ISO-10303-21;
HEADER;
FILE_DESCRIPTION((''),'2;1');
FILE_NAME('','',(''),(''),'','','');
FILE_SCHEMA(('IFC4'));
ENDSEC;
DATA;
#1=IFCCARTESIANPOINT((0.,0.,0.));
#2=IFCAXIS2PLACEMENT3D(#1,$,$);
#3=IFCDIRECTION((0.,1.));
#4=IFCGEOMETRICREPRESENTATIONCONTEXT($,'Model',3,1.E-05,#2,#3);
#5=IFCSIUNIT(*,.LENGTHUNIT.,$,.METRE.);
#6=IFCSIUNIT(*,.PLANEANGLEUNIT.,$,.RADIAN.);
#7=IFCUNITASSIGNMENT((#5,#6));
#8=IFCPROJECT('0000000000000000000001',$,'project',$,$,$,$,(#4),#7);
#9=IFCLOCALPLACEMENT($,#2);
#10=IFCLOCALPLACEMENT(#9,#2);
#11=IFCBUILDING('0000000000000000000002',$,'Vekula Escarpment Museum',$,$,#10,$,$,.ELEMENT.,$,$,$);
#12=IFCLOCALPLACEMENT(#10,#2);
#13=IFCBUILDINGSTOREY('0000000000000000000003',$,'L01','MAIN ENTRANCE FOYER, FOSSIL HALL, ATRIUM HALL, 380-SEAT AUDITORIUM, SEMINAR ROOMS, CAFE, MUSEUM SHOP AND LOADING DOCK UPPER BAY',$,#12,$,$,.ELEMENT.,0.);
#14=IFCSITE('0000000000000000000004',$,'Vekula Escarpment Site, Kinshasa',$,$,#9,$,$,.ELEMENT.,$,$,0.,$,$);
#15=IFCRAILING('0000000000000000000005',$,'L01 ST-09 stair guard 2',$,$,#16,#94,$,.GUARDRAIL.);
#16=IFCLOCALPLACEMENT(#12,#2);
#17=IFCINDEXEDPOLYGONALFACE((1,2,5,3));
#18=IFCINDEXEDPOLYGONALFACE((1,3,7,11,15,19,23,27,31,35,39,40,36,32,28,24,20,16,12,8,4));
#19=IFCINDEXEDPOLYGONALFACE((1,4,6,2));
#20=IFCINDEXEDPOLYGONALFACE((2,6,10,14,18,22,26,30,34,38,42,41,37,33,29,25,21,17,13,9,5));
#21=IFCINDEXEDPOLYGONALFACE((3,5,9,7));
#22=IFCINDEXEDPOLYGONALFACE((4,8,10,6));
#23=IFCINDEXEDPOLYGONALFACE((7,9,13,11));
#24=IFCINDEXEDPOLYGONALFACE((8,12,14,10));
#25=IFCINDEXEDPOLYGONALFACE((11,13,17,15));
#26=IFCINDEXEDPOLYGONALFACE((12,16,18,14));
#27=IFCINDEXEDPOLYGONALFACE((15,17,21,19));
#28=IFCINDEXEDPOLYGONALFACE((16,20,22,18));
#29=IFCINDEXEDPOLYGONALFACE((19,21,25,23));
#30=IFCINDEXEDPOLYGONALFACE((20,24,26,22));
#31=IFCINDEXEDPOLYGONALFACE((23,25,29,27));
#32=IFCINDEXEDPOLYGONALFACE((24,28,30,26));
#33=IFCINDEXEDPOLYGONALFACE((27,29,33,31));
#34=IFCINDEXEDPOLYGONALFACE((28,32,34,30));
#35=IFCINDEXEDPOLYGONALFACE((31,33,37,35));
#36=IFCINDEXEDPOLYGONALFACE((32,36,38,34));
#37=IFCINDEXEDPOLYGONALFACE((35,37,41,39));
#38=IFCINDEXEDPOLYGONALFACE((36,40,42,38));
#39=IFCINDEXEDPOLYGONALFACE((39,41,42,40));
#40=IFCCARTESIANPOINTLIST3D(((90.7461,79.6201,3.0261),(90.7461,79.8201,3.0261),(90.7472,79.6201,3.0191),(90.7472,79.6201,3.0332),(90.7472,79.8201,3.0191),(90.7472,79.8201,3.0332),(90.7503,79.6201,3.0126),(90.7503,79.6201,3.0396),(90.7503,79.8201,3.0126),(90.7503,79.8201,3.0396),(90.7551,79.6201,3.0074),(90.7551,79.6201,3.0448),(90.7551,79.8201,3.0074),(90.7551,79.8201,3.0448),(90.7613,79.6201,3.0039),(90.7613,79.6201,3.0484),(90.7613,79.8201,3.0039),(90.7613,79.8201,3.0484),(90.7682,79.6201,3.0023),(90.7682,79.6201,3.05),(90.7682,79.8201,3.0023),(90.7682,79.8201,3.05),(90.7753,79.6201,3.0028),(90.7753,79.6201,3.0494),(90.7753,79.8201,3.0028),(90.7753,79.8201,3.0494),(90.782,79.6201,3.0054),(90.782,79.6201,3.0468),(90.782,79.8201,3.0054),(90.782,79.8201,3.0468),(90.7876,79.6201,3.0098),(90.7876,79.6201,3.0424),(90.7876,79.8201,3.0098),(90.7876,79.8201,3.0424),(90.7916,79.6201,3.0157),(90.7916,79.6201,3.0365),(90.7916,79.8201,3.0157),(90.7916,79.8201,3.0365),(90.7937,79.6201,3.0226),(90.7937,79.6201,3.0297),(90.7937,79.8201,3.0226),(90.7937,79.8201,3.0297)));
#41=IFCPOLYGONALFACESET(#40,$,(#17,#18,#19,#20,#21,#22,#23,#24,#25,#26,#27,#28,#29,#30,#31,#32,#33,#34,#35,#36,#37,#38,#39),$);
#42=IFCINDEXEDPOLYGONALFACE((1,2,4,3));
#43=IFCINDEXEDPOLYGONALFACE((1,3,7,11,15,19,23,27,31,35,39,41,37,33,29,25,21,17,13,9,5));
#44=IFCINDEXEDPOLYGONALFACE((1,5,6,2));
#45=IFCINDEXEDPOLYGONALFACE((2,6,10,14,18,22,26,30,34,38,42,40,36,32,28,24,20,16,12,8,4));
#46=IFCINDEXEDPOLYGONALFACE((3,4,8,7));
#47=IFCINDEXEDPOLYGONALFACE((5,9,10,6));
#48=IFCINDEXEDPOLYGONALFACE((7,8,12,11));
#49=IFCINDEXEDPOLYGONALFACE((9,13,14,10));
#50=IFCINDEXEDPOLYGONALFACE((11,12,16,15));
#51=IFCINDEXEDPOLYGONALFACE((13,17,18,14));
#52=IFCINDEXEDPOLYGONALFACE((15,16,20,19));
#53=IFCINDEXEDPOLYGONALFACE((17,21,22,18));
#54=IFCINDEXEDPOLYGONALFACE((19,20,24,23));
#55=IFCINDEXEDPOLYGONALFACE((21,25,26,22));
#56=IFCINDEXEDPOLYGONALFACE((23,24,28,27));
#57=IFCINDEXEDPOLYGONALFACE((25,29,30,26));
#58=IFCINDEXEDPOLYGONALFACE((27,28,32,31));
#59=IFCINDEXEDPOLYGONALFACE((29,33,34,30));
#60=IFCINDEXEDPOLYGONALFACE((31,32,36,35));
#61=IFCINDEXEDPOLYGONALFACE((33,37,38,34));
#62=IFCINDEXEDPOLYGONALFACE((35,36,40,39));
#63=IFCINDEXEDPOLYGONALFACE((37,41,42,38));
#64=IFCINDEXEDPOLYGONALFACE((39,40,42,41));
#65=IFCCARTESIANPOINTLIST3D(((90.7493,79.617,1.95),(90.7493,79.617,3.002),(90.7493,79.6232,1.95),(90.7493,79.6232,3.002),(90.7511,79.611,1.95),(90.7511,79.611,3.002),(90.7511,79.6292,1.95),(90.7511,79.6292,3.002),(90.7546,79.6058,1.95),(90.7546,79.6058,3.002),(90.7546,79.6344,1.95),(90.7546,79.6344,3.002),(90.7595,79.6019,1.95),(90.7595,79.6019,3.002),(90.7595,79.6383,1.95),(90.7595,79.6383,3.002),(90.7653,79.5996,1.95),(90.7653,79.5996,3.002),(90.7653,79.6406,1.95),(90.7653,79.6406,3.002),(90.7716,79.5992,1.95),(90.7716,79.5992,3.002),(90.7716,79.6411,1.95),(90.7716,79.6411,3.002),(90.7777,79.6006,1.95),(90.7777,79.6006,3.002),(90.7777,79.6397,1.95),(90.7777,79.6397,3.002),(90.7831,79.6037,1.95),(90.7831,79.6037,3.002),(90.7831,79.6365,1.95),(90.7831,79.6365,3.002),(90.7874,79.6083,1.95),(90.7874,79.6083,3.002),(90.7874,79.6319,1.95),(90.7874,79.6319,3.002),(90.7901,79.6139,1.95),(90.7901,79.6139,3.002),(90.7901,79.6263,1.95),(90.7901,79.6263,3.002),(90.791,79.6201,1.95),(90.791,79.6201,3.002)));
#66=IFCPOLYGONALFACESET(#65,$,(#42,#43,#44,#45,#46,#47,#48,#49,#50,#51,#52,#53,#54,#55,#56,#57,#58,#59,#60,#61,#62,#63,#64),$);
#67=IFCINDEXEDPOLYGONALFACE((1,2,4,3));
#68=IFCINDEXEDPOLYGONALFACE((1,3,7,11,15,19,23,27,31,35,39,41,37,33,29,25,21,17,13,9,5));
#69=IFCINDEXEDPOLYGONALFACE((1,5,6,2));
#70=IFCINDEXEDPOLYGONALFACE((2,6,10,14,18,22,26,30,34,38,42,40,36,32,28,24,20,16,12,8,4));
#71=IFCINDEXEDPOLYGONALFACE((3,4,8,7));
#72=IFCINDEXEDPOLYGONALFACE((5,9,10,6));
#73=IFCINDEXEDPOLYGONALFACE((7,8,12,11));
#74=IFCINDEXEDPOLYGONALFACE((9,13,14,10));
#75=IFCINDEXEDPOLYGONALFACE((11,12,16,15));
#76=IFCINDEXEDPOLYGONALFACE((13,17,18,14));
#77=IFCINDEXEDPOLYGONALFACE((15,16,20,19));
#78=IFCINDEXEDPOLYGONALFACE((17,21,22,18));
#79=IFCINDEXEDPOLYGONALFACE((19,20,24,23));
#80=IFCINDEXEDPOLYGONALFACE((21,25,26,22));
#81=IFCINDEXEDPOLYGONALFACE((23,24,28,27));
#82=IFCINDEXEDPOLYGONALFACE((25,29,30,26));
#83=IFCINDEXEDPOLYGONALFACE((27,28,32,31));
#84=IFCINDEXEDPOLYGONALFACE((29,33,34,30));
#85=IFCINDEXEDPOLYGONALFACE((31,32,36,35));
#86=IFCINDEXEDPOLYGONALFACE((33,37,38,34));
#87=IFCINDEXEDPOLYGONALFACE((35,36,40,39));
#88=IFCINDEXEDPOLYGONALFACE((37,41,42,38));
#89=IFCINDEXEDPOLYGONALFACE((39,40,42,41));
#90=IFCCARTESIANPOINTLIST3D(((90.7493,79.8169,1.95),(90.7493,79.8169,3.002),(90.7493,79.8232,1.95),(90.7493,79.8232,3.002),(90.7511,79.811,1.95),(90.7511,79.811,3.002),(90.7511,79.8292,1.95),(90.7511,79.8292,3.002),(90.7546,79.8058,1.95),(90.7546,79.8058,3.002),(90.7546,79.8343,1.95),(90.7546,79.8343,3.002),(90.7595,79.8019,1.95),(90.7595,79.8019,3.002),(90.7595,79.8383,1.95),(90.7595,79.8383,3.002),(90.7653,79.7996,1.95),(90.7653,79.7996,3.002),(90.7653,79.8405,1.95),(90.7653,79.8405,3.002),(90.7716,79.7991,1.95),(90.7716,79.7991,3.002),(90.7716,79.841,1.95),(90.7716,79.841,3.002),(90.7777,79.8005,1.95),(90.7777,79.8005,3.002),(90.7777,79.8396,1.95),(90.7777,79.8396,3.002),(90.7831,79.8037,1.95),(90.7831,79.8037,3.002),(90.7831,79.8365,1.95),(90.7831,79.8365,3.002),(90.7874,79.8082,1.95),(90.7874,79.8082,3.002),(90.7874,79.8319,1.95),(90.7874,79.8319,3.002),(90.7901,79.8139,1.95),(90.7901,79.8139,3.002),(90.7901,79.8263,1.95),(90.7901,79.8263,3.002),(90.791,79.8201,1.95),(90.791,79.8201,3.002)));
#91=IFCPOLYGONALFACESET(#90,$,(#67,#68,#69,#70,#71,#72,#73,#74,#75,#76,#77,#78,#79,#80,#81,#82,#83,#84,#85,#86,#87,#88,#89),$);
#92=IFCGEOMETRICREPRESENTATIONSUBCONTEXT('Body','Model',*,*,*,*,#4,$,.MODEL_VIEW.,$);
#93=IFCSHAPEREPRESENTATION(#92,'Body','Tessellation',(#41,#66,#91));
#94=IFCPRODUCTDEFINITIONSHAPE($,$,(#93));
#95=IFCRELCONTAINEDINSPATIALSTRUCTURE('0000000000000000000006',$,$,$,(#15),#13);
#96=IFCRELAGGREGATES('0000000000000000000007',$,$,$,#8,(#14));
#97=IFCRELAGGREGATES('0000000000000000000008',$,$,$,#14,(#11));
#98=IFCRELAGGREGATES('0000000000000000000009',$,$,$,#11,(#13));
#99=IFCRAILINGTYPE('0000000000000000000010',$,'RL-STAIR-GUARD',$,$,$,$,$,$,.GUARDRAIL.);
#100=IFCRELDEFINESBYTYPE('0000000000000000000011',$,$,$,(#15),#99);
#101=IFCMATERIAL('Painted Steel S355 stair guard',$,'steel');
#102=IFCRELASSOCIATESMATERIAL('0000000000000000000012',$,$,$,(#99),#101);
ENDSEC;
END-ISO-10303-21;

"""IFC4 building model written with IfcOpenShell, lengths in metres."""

from ifc_helpers import new_model, si_unit, direction, frame, origin, origin_2d, place, context, subcontext, project, spatial, circle, extrude, material, type_object, element, save


model = new_model("IFC4")

# Units and contexts
model_context = context("Model", 3, precision=1e-05, world=origin(), true_north=direction((0.0, 1.0)))
body_context = subcontext(model_context, "Body", "Model", "MODEL_VIEW")
ifc_project = project(units=[si_unit("LENGTHUNIT", "METRE"), si_unit("PLANEANGLEUNIT", "RADIAN")], contexts=[model_context])

# Site, building, storey
site_placement = place(None, origin())
site = spatial("IfcSite", under=ifc_project, at=site_placement, Name="Vekula Escarpment Site, Kinshasa", CompositionType="ELEMENT", RefElevation=0.0)
building_placement = place(site_placement, origin())
building = spatial("IfcBuilding", under=site, at=building_placement, Name="Vekula Escarpment Museum", CompositionType="ELEMENT")
storey_placement = place(building_placement, origin())
storey = spatial("IfcBuildingStorey", under=building, at=storey_placement, Name="L01", Description="MAIN ENTRANCE FOYER, FOSSIL HALL, ATRIUM HALL, 380-SEAT AUDITORIUM, SEMINAR ROOMS, CAFE, MUSEUM SHOP AND LOADING DOCK UPPER BAY", CompositionType="ELEMENT", Elevation=0.0)

# Railing
ifc_material_1 = material(Name="Painted Steel S355 stair guard", Category="steel")
railing_type_1 = type_object("IfcRailingType", Name="RL-STAIR-GUARD", PredefinedType="GUARDRAIL", material=ifc_material_1)
railing_1_placement = place(storey_placement, frame((90.77, 79.6201, 1.95)))
element("IfcRailing", 1, at=railing_1_placement, inside=storey, type_object=railing_type_1, Name="L01 ST-09 stair guard 2", PredefinedType="GUARDRAIL", context=body_context, shape_type="SweptSolid", body=[
    extrude(circle(Radius=0.0239, at=origin_2d()), frame((0.0, 0.0, 1.0762), z_axis=(0.0, 1.0, 0.0), x_axis=(-1.0, 0.0, 0.0)), (0.0, 0.0, 1.0), 0.2),
    extrude(circle(Radius=0.021, at=origin_2d()), origin(), (0.0, 0.0, 1.0), 1.052),
    extrude(circle(Radius=0.021, at=origin_2d()), frame((0.0, 0.2, 0.0)), (0.0, 0.0, 1.0), 1.052),
])

save(model, "model.ifc")
